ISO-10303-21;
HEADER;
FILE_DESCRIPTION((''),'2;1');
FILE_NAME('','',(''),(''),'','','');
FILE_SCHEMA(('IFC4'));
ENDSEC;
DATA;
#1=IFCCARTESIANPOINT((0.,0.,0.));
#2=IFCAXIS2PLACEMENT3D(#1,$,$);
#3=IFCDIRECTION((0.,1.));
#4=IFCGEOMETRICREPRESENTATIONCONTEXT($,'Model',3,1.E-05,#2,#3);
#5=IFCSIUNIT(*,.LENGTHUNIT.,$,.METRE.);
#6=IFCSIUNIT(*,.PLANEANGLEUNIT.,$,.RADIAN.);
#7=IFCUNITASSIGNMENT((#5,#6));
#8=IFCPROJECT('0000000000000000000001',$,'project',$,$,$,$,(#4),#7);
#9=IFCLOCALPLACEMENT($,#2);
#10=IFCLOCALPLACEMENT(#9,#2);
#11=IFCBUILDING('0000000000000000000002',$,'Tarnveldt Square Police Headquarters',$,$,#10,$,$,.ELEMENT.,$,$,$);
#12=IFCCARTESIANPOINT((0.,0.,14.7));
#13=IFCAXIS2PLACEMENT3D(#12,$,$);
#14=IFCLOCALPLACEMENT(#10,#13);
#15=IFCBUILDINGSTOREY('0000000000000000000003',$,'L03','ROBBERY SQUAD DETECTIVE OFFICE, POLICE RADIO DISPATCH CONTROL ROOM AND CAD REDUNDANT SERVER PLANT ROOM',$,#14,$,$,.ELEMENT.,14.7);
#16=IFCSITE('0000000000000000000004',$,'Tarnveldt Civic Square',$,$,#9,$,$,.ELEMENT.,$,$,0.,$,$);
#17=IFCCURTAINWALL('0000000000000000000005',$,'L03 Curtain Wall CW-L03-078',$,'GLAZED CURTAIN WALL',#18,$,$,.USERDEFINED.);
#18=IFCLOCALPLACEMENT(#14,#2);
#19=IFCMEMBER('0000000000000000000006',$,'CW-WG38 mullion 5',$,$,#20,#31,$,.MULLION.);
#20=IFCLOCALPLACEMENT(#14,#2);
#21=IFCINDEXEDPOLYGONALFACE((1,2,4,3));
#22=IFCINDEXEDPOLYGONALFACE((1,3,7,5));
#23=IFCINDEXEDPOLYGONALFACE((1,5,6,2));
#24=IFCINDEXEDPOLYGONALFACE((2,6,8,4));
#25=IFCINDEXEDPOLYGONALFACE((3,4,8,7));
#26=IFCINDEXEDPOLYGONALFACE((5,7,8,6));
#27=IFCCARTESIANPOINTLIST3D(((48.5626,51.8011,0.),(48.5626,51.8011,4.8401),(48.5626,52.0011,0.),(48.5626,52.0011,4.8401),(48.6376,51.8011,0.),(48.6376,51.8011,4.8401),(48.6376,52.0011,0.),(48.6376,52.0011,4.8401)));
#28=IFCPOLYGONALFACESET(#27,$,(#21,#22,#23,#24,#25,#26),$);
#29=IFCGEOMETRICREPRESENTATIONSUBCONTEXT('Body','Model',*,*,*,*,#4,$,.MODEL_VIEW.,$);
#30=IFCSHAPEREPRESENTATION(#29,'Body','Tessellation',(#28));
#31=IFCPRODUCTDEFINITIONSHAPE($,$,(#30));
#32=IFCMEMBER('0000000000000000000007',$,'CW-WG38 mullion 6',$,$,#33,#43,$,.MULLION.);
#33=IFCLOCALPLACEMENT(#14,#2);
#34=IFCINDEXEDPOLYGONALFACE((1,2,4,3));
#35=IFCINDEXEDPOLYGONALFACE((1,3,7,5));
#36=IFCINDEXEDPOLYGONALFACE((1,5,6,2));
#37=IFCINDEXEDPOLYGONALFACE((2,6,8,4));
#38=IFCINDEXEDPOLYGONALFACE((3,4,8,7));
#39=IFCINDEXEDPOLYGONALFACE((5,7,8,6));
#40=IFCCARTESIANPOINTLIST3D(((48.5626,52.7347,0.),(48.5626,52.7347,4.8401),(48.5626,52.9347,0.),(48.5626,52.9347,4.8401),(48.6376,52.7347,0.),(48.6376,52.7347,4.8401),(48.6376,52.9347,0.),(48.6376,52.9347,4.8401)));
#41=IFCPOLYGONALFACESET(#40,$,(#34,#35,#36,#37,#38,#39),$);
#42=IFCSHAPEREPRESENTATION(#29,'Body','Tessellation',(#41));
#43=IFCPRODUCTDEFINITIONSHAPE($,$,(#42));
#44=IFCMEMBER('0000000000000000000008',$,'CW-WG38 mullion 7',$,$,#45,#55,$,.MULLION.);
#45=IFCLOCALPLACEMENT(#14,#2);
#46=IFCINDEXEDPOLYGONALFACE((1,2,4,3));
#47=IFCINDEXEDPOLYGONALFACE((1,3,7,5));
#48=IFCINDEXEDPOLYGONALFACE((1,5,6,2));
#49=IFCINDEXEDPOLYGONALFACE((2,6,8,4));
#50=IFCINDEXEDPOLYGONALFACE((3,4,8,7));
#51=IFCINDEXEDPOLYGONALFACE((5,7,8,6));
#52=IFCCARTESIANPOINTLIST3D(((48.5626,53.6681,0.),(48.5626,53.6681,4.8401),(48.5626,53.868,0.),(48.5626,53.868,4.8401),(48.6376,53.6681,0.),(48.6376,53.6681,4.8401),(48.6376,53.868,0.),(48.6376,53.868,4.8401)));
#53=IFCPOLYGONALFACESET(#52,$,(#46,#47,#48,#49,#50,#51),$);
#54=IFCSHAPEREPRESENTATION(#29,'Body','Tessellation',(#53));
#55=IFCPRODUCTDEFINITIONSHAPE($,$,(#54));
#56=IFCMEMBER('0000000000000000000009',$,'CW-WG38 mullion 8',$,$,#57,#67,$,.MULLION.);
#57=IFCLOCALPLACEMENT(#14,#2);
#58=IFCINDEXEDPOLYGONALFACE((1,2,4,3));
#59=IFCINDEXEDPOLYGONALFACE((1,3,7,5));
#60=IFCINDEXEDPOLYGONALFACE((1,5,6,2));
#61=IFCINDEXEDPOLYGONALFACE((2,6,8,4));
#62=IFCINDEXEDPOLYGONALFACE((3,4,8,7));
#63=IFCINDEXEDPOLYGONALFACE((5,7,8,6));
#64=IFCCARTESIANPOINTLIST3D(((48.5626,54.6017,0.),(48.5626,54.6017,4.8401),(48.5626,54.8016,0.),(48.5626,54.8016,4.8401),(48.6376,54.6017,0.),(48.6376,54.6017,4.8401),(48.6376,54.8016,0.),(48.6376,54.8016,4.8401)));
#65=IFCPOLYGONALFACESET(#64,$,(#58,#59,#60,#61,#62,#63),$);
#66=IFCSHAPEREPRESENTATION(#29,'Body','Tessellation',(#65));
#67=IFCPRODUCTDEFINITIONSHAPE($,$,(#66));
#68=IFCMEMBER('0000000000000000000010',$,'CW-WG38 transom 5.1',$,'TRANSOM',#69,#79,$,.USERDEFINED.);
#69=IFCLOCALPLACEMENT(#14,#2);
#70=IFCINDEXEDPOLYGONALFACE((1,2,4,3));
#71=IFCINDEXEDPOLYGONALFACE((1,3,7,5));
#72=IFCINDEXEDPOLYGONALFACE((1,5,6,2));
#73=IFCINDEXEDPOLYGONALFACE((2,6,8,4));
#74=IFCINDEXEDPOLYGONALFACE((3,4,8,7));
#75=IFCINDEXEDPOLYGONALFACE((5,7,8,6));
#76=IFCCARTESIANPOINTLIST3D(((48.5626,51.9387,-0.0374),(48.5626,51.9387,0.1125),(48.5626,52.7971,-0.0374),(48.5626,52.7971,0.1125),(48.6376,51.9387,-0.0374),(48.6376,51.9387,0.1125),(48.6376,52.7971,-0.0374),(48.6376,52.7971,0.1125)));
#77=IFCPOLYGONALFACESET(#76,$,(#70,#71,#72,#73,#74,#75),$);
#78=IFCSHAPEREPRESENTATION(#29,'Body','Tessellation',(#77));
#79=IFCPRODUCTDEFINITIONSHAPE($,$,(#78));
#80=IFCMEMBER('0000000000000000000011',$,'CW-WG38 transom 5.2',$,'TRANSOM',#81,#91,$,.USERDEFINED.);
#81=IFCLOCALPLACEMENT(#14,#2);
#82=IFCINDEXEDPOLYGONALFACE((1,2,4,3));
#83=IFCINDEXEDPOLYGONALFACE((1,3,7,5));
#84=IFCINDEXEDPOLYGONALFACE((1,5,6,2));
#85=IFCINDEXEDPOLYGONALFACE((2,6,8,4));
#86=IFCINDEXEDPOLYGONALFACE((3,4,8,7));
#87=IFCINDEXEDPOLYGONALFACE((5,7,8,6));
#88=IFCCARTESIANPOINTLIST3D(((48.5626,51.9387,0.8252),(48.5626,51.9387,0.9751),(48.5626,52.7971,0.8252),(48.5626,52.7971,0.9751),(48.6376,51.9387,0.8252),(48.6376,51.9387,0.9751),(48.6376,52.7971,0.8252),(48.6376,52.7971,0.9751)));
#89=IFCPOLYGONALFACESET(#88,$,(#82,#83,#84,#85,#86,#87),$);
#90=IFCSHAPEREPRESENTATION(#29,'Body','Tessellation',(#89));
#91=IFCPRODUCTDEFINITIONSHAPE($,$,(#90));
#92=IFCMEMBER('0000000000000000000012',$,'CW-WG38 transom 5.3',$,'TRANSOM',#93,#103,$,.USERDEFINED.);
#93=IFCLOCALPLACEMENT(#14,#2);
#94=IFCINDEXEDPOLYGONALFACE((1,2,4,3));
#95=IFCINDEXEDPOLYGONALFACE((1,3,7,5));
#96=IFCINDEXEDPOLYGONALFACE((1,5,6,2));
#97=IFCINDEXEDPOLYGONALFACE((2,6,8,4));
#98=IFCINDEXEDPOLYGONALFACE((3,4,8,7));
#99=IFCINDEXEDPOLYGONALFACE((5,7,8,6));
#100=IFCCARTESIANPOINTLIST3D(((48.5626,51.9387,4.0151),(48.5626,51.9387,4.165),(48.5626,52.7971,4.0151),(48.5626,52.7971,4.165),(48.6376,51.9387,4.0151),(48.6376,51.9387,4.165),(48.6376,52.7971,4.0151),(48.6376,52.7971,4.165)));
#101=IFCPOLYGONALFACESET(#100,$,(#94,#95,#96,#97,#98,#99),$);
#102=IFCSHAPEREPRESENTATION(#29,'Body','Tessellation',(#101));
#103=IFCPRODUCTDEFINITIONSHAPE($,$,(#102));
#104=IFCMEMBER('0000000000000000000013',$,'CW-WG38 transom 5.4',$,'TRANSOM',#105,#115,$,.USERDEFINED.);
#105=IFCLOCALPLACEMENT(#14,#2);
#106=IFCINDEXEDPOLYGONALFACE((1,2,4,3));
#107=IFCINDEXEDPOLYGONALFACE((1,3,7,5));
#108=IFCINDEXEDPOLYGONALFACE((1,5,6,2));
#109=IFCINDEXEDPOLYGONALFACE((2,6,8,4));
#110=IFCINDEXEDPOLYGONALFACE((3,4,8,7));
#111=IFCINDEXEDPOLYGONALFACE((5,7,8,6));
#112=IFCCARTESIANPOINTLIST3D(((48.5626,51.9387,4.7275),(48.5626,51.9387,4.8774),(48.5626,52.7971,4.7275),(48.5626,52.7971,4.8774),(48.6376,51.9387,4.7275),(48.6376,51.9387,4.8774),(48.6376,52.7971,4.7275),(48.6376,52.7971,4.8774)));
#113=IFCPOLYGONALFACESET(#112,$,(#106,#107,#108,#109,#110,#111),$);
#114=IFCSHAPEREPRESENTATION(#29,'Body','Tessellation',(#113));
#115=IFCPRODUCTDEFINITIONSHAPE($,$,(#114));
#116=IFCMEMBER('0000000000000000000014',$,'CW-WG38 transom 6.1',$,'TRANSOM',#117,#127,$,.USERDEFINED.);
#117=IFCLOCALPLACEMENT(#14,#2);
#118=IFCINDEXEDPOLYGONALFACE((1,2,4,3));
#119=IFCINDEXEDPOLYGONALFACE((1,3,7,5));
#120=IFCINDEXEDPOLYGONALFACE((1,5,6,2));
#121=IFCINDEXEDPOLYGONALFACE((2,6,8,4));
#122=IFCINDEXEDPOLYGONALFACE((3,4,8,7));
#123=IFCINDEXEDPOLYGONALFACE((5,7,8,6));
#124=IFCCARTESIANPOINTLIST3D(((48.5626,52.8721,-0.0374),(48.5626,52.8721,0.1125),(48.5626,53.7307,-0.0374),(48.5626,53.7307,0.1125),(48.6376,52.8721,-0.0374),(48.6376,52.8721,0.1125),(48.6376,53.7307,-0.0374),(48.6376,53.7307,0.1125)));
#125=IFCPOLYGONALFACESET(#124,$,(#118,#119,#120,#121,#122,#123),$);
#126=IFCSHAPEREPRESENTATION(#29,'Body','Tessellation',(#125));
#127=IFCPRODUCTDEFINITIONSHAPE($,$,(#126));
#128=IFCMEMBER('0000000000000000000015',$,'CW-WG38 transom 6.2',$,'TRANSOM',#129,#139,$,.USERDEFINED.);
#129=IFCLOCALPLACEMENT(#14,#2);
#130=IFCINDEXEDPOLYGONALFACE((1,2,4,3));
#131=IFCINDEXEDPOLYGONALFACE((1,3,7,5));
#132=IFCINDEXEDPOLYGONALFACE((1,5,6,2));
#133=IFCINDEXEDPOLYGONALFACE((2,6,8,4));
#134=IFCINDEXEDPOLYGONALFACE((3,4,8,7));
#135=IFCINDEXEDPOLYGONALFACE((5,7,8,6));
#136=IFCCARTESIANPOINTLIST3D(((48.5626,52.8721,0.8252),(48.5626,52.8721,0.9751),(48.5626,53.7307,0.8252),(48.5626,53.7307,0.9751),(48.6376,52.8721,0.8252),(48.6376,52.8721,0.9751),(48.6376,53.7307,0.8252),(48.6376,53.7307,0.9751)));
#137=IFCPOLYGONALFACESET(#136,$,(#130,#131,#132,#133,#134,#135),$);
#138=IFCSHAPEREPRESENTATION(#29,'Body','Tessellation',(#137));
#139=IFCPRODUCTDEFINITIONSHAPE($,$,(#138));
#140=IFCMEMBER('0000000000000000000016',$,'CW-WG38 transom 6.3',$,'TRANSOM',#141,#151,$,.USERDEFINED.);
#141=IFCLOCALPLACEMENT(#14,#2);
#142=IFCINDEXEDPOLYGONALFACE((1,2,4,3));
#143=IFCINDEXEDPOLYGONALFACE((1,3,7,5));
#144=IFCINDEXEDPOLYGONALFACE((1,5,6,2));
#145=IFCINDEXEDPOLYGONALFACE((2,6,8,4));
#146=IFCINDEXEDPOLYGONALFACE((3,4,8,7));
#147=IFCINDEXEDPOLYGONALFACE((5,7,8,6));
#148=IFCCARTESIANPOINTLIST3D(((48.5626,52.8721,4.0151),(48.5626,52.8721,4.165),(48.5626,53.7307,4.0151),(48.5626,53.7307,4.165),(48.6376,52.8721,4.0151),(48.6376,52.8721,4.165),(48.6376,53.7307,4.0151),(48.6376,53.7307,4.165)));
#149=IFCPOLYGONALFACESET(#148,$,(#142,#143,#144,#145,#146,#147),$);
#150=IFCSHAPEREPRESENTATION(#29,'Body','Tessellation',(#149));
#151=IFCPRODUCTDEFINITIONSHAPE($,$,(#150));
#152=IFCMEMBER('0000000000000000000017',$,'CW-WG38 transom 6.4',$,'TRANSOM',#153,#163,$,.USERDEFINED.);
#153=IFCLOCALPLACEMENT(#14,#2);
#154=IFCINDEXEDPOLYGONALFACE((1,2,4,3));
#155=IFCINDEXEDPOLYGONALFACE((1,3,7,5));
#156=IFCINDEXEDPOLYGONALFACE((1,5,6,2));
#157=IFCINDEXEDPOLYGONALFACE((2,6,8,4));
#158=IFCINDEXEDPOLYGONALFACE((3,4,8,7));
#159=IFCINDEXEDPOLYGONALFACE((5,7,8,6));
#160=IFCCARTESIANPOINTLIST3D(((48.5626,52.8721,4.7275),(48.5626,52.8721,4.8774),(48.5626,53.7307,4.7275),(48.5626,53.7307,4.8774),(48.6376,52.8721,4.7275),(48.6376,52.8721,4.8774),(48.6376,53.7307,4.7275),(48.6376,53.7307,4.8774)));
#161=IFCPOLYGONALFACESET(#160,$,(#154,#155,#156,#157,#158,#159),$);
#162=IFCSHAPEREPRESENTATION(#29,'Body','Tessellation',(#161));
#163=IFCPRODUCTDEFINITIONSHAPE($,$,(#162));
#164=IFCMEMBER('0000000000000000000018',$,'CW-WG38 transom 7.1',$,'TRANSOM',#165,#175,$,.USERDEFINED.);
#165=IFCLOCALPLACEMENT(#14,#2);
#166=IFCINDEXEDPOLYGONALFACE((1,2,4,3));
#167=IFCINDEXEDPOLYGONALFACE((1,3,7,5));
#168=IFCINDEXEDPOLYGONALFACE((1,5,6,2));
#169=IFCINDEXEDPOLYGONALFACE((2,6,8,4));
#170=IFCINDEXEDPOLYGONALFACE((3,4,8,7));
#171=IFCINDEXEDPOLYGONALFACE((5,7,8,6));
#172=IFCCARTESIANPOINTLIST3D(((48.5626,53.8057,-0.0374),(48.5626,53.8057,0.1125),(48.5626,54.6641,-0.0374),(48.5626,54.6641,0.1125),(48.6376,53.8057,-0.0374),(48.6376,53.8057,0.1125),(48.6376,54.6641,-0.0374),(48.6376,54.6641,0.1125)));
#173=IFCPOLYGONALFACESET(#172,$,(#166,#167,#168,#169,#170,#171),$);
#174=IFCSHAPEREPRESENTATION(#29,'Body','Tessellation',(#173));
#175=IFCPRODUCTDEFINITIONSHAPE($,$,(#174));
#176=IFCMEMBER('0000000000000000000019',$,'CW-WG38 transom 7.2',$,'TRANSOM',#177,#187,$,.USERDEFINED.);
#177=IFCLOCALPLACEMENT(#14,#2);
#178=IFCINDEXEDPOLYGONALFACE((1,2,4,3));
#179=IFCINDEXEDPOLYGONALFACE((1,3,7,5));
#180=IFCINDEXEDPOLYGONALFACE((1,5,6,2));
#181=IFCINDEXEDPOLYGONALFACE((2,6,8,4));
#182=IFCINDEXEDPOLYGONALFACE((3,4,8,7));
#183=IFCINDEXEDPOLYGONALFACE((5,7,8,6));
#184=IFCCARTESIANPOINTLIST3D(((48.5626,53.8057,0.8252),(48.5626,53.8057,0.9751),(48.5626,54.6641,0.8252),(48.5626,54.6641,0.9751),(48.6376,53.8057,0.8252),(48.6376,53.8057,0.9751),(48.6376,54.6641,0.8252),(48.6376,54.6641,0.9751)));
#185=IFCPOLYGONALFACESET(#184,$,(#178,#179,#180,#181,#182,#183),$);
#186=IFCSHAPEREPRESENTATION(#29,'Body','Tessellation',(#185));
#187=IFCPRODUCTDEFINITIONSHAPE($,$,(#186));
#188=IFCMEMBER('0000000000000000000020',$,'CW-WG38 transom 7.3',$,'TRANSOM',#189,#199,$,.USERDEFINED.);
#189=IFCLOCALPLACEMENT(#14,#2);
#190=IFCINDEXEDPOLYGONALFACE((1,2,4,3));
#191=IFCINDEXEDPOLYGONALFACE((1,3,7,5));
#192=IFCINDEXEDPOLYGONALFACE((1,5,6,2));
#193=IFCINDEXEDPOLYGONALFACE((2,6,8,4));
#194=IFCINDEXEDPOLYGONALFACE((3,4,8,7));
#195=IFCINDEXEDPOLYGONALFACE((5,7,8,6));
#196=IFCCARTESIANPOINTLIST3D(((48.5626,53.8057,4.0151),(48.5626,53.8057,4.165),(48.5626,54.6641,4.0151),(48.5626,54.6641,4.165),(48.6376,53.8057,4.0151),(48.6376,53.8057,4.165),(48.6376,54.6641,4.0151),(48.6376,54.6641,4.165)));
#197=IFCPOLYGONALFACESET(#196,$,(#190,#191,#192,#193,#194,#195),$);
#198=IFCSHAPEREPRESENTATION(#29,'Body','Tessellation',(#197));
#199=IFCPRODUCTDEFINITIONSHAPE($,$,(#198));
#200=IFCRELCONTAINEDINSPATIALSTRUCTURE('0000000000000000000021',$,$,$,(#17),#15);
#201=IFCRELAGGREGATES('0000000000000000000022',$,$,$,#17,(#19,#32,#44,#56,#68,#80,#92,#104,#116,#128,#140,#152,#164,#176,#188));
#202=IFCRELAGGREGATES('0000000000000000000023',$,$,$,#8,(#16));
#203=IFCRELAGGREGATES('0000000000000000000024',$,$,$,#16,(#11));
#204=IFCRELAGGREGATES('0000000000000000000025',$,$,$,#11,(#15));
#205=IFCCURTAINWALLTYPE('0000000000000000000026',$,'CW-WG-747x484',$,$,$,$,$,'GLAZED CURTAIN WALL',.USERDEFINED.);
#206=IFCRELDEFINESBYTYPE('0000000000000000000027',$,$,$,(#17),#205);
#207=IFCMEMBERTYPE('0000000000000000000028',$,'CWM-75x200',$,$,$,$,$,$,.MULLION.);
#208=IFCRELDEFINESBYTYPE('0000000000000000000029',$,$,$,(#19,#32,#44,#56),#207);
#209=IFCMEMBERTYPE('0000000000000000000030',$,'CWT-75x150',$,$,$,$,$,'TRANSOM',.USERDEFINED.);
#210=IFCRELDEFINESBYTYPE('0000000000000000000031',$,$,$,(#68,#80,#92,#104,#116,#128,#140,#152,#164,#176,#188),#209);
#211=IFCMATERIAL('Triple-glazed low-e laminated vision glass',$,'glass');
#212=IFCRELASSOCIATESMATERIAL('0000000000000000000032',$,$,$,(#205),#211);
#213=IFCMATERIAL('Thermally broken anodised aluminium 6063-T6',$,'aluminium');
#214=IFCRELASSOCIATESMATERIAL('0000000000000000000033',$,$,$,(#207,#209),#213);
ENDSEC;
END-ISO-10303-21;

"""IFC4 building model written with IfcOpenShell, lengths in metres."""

from ifc_helpers import new_model, si_unit, direction, frame, origin, origin_2d, place, context, subcontext, project, spatial, rectangle, extrude, material, material_profile, profile_set, type_object, element, aggregate, save


model = new_model("IFC4")

# Units and contexts
model_context = context("Model", 3, precision=1e-05, world=origin(), true_north=direction((0.0, 1.0)))
body_context = subcontext(model_context, "Body", "Model", "MODEL_VIEW")
ifc_project = project(units=[si_unit("LENGTHUNIT", "METRE"), si_unit("PLANEANGLEUNIT", "RADIAN")], contexts=[model_context])

# Site, building, storey
site_placement = place(None, origin())
site = spatial("IfcSite", under=ifc_project, at=site_placement, Name="Tarnveldt Civic Square", CompositionType="ELEMENT", RefElevation=0.0)
building_placement = place(site_placement, origin())
building = spatial("IfcBuilding", under=site, at=building_placement, Name="Tarnveldt Square Police Headquarters", CompositionType="ELEMENT")
storey_placement = place(building_placement, frame((0.0, 0.0, 14.7)))
storey = spatial("IfcBuildingStorey", under=building, at=storey_placement, Name="L03", Description="ROBBERY SQUAD DETECTIVE OFFICE, POLICE RADIO DISPATCH CONTROL ROOM AND CAD REDUNDANT SERVER PLANT ROOM", CompositionType="ELEMENT", Elevation=14.7)

# Curtain wall, members
ifc_material_1 = material(Name="Triple-glazed low-e laminated vision glass", Category="glass")
curtain_wall_type = type_object("IfcCurtainWallType", Name="CW-WG-747x484", ElementType="GLAZED CURTAIN WALL", PredefinedType="USERDEFINED", material=ifc_material_1)
curtain_wall_placement = place(storey_placement, origin())
curtain_wall = element("IfcCurtainWall", 1, at=curtain_wall_placement, inside=storey, type_object=curtain_wall_type, Name="L03 Curtain Wall CW-L03-078", ObjectType="GLAZED CURTAIN WALL", PredefinedType="USERDEFINED")
ifc_material_2 = material(Name="Thermally broken anodised aluminium 6063-T6", Category="aluminium")
ifc_material_profile_1 = material_profile(ifc_material_2, rectangle(XDim=0.075, YDim=0.2, at=origin_2d()), Name="CW-M75x200")
ifc_profile_set_1 = profile_set([ifc_material_profile_1], Name="Thermally broken anodised aluminium 6063-T6")
member_type_1 = type_object("IfcMemberType", Name="CWM-75x200", PredefinedType="MULLION", material=ifc_profile_set_1)
member_1_placement = place(storey_placement, frame((48.6001, 51.9011, 0.0), z_axis=(0.0, 0.0, 1.0), x_axis=(-1.0, 0.0, 0.0)))
member_1 = element("IfcMember", 2, at=member_1_placement, type_object=member_type_1, Name="CW-WG38 mullion 5", PredefinedType="MULLION", context=body_context, shape_type="SweptSolid", body=[
    extrude(rectangle(XDim=0.075, YDim=0.2, at=origin_2d()), origin(), (0.0, 0.0, 1.0), 4.8401),
])
member_2_placement = place(storey_placement, frame((48.6001, 52.8347, 0.0), z_axis=(0.0, 0.0, 1.0), x_axis=(-1.0, 0.0, 0.0)))
member_2 = element("IfcMember", 3, at=member_2_placement, type_object=member_type_1, Name="CW-WG38 mullion 6", PredefinedType="MULLION", context=body_context, shape_type="SweptSolid", body=[
    extrude(rectangle(XDim=0.075, YDim=0.2, at=origin_2d()), origin(), (0.0, 0.0, 1.0), 4.8401),
])
member_3_placement = place(storey_placement, frame((48.6001, 53.7681, 0.0), z_axis=(0.0, 0.0, 1.0), x_axis=(-1.0, 0.0, 0.0)))
member_3 = element("IfcMember", 4, at=member_3_placement, type_object=member_type_1, Name="CW-WG38 mullion 7", PredefinedType="MULLION", context=body_context, shape_type="SweptSolid", body=[
    extrude(rectangle(XDim=0.075, YDim=0.2, at=origin_2d()), origin(), (0.0, 0.0, 1.0), 4.8401),
])
member_4_placement = place(storey_placement, frame((48.6001, 54.7017, 0.0), z_axis=(0.0, 0.0, 1.0), x_axis=(-1.0, 0.0, 0.0)))
member_4 = element("IfcMember", 5, at=member_4_placement, type_object=member_type_1, Name="CW-WG38 mullion 8", PredefinedType="MULLION", context=body_context, shape_type="SweptSolid", body=[
    extrude(rectangle(XDim=0.075, YDim=0.2, at=origin_2d()), origin(), (0.0, 0.0, 1.0), 4.8401),
])
ifc_material_profile_2 = material_profile(ifc_material_2, rectangle(XDim=0.075, YDim=0.1499, at=origin_2d()), Name="CW-T75x150")
ifc_profile_set_2 = profile_set([ifc_material_profile_2], Name="Thermally broken anodised aluminium 6063-T6")
member_type_2 = type_object("IfcMemberType", Name="CWT-75x150", ElementType="TRANSOM", PredefinedType="USERDEFINED", material=ifc_profile_set_2)
member_5_placement = place(storey_placement, frame((48.6001, 51.9387, 0.0376), z_axis=(0.0, 1.0, 0.0), x_axis=(-1.0, 0.0, 0.0)))
member_5 = element("IfcMember", 6, at=member_5_placement, type_object=member_type_2, Name="CW-WG38 transom 5.1", ObjectType="TRANSOM", PredefinedType="USERDEFINED", context=body_context, shape_type="SweptSolid", body=[
    extrude(rectangle(XDim=0.075, YDim=0.1499, at=origin_2d()), origin(), (0.0, 0.0, 1.0), 0.8584),
])
member_6_placement = place(storey_placement, frame((48.6001, 51.9387, 0.9001), z_axis=(0.0, 1.0, 0.0), x_axis=(-1.0, 0.0, 0.0)))
member_6 = element("IfcMember", 7, at=member_6_placement, type_object=member_type_2, Name="CW-WG38 transom 5.2", ObjectType="TRANSOM", PredefinedType="USERDEFINED", context=body_context, shape_type="SweptSolid", body=[
    extrude(rectangle(XDim=0.075, YDim=0.1499, at=origin_2d()), origin(), (0.0, 0.0, 1.0), 0.8584),
])
member_7_placement = place(storey_placement, frame((48.6001, 51.9387, 4.0901), z_axis=(0.0, 1.0, 0.0), x_axis=(-1.0, 0.0, 0.0)))
member_7 = element("IfcMember", 8, at=member_7_placement, type_object=member_type_2, Name="CW-WG38 transom 5.3", ObjectType="TRANSOM", PredefinedType="USERDEFINED", context=body_context, shape_type="SweptSolid", body=[
    extrude(rectangle(XDim=0.075, YDim=0.1499, at=origin_2d()), origin(), (0.0, 0.0, 1.0), 0.8584),
])
member_8_placement = place(storey_placement, frame((48.6001, 51.9387, 4.8025), z_axis=(0.0, 1.0, 0.0), x_axis=(-1.0, 0.0, 0.0)))
member_8 = element("IfcMember", 9, at=member_8_placement, type_object=member_type_2, Name="CW-WG38 transom 5.4", ObjectType="TRANSOM", PredefinedType="USERDEFINED", context=body_context, shape_type="SweptSolid", body=[
    extrude(rectangle(XDim=0.075, YDim=0.1499, at=origin_2d()), origin(), (0.0, 0.0, 1.0), 0.8584),
])
member_9_placement = place(storey_placement, frame((48.6001, 52.8721, 0.0376), z_axis=(0.0, 1.0, 0.0), x_axis=(-1.0, 0.0, 0.0)))
member_9 = element("IfcMember", 10, at=member_9_placement, type_object=member_type_2, Name="CW-WG38 transom 6.1", ObjectType="TRANSOM", PredefinedType="USERDEFINED", context=body_context, shape_type="SweptSolid", body=[
    extrude(rectangle(XDim=0.075, YDim=0.1499, at=origin_2d()), origin(), (0.0, 0.0, 1.0), 0.8586),
])
member_10_placement = place(storey_placement, frame((48.6001, 52.8721, 0.9001), z_axis=(0.0, 1.0, 0.0), x_axis=(-1.0, 0.0, 0.0)))
member_10 = element("IfcMember", 11, at=member_10_placement, type_object=member_type_2, Name="CW-WG38 transom 6.2", ObjectType="TRANSOM", PredefinedType="USERDEFINED", context=body_context, shape_type="SweptSolid", body=[
    extrude(rectangle(XDim=0.075, YDim=0.1499, at=origin_2d()), origin(), (0.0, 0.0, 1.0), 0.8586),
])
member_11_placement = place(storey_placement, frame((48.6001, 52.8721, 4.0901), z_axis=(0.0, 1.0, 0.0), x_axis=(-1.0, 0.0, 0.0)))
member_11 = element("IfcMember", 12, at=member_11_placement, type_object=member_type_2, Name="CW-WG38 transom 6.3", ObjectType="TRANSOM", PredefinedType="USERDEFINED", context=body_context, shape_type="SweptSolid", body=[
    extrude(rectangle(XDim=0.075, YDim=0.1499, at=origin_2d()), origin(), (0.0, 0.0, 1.0), 0.8586),
])
member_12_placement = place(storey_placement, frame((48.6001, 52.8721, 4.8025), z_axis=(0.0, 1.0, 0.0), x_axis=(-1.0, 0.0, 0.0)))
member_12 = element("IfcMember", 13, at=member_12_placement, type_object=member_type_2, Name="CW-WG38 transom 6.4", ObjectType="TRANSOM", PredefinedType="USERDEFINED", context=body_context, shape_type="SweptSolid", body=[
    extrude(rectangle(XDim=0.075, YDim=0.1499, at=origin_2d()), origin(), (0.0, 0.0, 1.0), 0.8586),
])
member_13_placement = place(storey_placement, frame((48.6001, 53.8057, 0.0376), z_axis=(0.0, 1.0, 0.0), x_axis=(-1.0, 0.0, 0.0)))
member_13 = element("IfcMember", 14, at=member_13_placement, type_object=member_type_2, Name="CW-WG38 transom 7.1", ObjectType="TRANSOM", PredefinedType="USERDEFINED", context=body_context, shape_type="SweptSolid", body=[
    extrude(rectangle(XDim=0.075, YDim=0.1499, at=origin_2d()), origin(), (0.0, 0.0, 1.0), 0.8584),
])
member_14_placement = place(storey_placement, frame((48.6001, 53.8057, 0.9001), z_axis=(0.0, 1.0, 0.0), x_axis=(-1.0, 0.0, 0.0)))
member_14 = element("IfcMember", 15, at=member_14_placement, type_object=member_type_2, Name="CW-WG38 transom 7.2", ObjectType="TRANSOM", PredefinedType="USERDEFINED", context=body_context, shape_type="SweptSolid", body=[
    extrude(rectangle(XDim=0.075, YDim=0.1499, at=origin_2d()), origin(), (0.0, 0.0, 1.0), 0.8584),
])
member_15_placement = place(storey_placement, frame((48.6001, 53.8057, 4.0901), z_axis=(0.0, 1.0, 0.0), x_axis=(-1.0, 0.0, 0.0)))
member_15 = element("IfcMember", 16, at=member_15_placement, type_object=member_type_2, Name="CW-WG38 transom 7.3", ObjectType="TRANSOM", PredefinedType="USERDEFINED", context=body_context, shape_type="SweptSolid", body=[
    extrude(rectangle(XDim=0.075, YDim=0.1499, at=origin_2d()), origin(), (0.0, 0.0, 1.0), 0.8584),
])
aggregate(curtain_wall, [member_1, member_2, member_3, member_4, member_5, member_6, member_7, member_8, member_9, member_10, member_11, member_12, member_13, member_14, member_15])

save(model, "model.ifc")
